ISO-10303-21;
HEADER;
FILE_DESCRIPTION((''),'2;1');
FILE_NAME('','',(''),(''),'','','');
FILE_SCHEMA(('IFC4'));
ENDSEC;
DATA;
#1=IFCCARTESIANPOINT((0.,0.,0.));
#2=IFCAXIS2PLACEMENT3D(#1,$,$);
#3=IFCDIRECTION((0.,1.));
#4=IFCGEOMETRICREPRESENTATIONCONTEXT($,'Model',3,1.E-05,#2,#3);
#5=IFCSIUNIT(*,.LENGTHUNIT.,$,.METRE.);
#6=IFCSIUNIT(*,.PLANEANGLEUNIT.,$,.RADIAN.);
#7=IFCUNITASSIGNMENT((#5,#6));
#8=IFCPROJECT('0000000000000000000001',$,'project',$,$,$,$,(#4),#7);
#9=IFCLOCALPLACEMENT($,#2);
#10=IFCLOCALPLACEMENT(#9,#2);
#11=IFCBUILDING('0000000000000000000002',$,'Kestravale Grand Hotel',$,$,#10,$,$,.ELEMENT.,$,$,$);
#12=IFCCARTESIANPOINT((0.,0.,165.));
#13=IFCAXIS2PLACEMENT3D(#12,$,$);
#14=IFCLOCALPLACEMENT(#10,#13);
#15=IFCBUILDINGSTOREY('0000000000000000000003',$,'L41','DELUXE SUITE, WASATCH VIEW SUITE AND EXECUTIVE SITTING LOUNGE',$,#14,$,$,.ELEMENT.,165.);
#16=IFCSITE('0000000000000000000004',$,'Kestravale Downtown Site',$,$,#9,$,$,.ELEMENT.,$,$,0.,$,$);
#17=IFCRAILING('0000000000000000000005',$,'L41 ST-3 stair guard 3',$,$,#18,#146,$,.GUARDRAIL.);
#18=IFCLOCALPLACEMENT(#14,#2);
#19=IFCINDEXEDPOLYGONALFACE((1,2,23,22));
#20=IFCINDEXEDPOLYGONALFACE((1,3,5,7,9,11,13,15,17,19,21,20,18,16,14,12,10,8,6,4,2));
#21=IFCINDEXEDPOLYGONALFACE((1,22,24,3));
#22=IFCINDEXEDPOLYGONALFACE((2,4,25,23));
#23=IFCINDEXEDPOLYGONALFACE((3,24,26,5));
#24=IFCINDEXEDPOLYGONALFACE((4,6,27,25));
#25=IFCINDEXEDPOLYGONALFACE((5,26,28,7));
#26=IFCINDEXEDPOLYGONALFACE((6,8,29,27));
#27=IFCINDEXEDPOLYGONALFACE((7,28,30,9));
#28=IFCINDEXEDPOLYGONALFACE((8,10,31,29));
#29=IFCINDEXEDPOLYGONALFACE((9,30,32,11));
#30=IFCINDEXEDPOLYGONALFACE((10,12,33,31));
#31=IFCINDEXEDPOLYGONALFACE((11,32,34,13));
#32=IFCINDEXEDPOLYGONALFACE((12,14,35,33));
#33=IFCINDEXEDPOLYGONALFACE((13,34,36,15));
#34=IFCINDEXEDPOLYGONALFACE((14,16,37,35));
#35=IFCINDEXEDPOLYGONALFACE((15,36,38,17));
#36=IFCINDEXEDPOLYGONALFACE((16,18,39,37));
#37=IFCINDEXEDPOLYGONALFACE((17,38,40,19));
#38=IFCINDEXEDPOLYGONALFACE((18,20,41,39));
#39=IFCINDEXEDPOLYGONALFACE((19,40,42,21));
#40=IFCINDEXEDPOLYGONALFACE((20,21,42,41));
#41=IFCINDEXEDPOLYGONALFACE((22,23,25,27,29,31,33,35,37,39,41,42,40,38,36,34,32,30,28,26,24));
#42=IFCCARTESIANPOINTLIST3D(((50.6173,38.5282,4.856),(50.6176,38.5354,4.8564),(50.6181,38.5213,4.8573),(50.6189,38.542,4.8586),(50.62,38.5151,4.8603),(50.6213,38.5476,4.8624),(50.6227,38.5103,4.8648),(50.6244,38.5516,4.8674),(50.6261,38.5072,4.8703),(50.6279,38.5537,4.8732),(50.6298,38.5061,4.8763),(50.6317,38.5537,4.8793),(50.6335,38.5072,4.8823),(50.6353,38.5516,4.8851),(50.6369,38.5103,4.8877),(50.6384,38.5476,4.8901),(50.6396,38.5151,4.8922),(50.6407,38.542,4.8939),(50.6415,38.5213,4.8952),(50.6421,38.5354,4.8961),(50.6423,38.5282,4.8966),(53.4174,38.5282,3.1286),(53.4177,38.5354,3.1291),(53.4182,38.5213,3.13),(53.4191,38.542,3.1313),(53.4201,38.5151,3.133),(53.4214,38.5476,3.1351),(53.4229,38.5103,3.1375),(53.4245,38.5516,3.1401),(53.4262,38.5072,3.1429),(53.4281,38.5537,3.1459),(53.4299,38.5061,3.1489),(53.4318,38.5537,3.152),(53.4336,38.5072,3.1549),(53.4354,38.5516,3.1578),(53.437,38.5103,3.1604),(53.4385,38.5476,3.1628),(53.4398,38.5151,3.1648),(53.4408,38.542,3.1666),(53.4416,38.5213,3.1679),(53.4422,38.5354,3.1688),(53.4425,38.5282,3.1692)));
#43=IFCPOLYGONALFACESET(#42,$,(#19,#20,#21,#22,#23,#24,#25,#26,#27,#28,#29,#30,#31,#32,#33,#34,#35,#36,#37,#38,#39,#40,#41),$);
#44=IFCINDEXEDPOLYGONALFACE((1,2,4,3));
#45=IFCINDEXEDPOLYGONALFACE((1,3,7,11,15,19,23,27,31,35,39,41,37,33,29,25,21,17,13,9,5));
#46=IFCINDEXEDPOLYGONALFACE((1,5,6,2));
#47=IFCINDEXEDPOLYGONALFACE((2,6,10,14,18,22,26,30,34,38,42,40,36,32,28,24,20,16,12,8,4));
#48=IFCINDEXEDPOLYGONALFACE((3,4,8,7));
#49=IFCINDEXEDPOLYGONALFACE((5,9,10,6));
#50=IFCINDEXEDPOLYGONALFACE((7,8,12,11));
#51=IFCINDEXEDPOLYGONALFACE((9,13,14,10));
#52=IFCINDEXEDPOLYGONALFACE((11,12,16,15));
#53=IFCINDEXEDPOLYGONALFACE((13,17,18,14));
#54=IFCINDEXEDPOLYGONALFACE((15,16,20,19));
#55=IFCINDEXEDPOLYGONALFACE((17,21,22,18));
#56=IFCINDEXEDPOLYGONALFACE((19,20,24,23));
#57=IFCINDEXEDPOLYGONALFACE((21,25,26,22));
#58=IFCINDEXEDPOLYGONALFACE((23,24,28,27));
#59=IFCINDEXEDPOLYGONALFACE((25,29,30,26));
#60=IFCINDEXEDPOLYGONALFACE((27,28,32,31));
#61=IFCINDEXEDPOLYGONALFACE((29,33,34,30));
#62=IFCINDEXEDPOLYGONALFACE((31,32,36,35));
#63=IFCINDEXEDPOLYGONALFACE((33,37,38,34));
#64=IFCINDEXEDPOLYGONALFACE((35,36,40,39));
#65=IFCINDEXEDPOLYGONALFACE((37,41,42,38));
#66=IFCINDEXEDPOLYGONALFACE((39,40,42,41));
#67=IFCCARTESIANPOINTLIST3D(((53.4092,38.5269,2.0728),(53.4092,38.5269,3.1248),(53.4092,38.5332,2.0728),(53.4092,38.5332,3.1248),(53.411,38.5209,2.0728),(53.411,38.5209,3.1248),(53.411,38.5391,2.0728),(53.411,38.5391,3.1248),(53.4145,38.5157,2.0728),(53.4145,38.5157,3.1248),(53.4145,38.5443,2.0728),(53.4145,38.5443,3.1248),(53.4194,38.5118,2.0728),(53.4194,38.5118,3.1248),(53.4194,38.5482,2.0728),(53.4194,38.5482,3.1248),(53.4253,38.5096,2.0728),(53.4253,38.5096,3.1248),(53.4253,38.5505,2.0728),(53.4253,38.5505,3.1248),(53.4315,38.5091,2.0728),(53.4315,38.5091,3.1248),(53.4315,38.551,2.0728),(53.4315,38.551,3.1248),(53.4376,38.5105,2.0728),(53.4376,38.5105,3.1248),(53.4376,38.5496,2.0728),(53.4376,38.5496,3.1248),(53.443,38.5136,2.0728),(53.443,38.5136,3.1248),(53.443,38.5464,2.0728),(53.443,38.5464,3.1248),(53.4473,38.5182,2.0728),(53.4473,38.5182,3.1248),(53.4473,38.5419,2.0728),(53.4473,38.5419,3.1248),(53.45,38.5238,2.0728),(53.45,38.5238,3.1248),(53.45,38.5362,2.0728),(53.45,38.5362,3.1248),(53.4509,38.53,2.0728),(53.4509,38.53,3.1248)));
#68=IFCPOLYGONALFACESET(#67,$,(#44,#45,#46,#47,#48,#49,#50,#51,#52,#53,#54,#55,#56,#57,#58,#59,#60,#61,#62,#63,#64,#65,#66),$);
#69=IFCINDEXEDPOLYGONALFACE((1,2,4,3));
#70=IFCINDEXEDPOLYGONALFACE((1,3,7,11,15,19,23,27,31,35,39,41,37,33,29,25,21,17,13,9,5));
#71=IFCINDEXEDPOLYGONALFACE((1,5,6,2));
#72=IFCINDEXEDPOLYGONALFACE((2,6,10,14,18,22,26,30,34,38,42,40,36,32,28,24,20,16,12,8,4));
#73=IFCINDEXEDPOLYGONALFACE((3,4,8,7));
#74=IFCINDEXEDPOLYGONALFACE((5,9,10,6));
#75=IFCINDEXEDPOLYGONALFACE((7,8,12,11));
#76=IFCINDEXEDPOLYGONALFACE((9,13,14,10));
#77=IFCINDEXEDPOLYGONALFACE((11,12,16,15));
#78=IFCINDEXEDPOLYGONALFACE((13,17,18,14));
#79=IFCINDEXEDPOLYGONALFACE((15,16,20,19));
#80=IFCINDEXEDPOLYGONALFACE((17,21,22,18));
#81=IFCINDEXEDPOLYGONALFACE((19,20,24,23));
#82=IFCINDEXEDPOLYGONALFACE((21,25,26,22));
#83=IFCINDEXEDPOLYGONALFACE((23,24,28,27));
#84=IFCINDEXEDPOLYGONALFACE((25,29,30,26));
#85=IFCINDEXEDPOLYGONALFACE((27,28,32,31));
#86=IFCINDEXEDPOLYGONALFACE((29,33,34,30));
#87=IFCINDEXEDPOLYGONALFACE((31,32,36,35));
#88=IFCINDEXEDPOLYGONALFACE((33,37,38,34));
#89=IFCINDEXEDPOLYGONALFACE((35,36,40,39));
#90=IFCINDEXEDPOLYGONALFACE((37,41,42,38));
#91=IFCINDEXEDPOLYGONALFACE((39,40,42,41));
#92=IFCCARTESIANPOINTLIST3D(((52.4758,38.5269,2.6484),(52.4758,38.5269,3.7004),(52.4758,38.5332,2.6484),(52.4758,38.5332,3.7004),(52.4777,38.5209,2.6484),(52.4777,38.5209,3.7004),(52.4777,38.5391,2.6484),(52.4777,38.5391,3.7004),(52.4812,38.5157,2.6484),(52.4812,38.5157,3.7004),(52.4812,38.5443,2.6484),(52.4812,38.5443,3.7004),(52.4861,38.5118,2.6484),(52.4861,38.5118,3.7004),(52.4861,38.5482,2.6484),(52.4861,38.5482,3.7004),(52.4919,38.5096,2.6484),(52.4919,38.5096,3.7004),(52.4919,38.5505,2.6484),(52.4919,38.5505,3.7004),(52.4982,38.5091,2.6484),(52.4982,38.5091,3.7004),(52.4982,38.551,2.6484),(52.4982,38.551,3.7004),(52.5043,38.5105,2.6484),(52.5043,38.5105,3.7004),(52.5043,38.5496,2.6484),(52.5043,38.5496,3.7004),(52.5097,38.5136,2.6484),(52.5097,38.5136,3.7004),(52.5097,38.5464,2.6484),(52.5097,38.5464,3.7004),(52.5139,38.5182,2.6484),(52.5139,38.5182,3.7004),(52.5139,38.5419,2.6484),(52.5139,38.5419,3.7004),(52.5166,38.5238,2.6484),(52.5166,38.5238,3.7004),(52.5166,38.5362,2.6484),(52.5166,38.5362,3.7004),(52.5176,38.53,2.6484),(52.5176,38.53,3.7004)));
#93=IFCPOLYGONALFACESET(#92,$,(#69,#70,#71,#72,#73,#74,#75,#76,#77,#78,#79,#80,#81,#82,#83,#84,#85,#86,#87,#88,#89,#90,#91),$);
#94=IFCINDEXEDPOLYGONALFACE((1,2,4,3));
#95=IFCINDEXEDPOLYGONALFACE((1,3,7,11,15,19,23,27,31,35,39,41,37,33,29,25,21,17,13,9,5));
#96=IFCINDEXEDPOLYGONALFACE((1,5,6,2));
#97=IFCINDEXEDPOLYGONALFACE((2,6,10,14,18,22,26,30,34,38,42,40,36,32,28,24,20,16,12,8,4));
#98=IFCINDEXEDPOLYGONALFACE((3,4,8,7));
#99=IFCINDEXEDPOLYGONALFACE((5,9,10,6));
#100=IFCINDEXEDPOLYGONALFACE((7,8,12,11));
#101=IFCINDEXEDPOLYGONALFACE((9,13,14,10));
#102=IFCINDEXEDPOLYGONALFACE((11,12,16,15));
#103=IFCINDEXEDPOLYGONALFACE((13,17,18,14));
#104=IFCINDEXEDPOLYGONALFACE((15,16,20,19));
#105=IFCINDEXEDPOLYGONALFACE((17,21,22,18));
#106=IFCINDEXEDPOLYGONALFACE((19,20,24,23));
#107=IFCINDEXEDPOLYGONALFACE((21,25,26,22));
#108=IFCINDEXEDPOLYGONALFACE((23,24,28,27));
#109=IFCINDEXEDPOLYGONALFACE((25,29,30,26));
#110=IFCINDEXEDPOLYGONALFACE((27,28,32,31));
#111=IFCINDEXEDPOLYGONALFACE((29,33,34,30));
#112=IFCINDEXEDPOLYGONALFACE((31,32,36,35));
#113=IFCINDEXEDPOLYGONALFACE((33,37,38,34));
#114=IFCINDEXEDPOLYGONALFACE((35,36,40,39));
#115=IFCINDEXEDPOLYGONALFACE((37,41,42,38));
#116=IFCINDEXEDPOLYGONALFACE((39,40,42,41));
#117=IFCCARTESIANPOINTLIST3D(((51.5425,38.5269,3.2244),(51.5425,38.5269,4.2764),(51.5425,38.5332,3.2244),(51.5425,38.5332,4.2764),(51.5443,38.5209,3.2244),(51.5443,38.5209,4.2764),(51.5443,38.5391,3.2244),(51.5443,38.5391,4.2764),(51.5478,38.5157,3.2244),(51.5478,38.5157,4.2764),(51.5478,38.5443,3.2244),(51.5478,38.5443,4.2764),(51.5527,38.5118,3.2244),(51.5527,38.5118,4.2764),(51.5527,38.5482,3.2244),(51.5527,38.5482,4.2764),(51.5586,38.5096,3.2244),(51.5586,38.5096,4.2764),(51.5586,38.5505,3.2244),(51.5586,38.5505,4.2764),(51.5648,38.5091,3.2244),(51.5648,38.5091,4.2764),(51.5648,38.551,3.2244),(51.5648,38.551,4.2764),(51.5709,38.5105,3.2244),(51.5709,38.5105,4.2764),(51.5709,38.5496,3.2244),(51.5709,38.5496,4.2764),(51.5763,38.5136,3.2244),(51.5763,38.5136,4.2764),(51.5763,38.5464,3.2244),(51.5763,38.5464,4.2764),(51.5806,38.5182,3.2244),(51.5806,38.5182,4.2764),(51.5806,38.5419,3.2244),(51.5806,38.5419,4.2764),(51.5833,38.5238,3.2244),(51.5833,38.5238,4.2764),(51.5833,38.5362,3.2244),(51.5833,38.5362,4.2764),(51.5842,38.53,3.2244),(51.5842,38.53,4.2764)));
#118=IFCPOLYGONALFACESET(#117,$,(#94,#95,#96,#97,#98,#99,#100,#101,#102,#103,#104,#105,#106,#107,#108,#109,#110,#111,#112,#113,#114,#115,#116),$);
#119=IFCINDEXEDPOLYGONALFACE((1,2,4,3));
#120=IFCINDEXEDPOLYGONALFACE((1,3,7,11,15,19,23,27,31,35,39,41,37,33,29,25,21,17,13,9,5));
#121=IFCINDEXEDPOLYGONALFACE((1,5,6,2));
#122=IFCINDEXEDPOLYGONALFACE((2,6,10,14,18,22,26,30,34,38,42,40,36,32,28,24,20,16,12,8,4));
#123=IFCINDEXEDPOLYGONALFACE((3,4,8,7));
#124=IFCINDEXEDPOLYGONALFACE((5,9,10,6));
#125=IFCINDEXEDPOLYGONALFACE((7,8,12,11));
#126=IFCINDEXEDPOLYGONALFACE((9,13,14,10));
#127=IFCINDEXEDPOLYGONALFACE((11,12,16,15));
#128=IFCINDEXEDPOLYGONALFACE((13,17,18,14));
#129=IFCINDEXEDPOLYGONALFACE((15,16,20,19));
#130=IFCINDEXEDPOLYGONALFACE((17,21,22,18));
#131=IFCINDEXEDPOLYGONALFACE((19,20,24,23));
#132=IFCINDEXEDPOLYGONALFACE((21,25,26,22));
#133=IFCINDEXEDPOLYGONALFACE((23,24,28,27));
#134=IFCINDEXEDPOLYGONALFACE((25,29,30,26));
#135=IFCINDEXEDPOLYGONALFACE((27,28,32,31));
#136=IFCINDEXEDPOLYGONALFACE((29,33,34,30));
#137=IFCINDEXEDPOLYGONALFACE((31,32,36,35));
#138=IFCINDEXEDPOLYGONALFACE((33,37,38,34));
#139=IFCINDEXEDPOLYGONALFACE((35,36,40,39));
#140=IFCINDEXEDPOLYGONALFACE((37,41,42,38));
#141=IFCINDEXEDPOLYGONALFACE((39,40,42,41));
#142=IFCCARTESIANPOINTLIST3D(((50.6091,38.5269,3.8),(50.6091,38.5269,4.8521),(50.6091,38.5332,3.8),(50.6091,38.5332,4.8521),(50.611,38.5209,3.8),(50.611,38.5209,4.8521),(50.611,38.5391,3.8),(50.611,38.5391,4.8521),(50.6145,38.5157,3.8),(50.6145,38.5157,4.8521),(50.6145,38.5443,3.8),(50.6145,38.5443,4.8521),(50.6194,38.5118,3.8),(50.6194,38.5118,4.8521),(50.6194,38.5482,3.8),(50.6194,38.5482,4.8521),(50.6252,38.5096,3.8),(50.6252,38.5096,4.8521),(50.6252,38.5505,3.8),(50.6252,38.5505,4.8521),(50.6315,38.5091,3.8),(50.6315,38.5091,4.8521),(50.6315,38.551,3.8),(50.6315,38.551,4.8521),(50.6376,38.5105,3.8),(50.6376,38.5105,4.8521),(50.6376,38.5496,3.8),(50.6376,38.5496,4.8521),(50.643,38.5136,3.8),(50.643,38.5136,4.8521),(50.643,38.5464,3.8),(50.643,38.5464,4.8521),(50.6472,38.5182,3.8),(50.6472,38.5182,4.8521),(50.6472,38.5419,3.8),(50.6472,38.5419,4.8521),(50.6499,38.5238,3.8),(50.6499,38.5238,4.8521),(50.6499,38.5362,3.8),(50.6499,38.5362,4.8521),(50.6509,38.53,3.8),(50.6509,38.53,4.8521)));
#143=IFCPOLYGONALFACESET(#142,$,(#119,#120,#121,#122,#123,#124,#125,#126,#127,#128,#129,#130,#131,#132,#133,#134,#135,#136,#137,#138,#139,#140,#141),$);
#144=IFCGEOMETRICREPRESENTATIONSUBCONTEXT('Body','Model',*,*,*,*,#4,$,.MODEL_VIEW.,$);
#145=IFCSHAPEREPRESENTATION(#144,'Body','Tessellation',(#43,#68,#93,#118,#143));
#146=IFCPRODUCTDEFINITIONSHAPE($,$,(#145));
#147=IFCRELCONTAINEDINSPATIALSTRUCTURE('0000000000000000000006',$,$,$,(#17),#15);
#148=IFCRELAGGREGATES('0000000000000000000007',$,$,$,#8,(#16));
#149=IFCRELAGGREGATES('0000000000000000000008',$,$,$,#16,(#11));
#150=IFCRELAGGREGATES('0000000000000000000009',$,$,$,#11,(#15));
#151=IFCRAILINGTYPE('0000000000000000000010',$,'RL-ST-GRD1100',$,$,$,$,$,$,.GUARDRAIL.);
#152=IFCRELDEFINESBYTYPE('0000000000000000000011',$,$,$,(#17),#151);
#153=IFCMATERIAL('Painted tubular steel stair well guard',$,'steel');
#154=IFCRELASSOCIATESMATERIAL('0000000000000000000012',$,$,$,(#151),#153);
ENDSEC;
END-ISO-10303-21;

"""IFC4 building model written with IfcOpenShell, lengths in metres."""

from ifc_helpers import new_model, si_unit, direction, frame, origin, origin_2d, place, context, subcontext, project, spatial, circle, extrude, material, type_object, element, save


model = new_model("IFC4")

# Units and contexts
model_context = context("Model", 3, precision=1e-05, world=origin(), true_north=direction((0.0, 1.0)))
body_context = subcontext(model_context, "Body", "Model", "MODEL_VIEW")
ifc_project = project(units=[si_unit("LENGTHUNIT", "METRE"), si_unit("PLANEANGLEUNIT", "RADIAN")], contexts=[model_context])

# Site, building, storey
site_placement = place(None, origin())
site = spatial("IfcSite", under=ifc_project, at=site_placement, Name="Kestravale Downtown Site", CompositionType="ELEMENT", RefElevation=0.0)
building_placement = place(site_placement, origin())
building = spatial("IfcBuilding", under=site, at=building_placement, Name="Kestravale Grand Hotel", CompositionType="ELEMENT")
storey_placement = place(building_placement, frame((0.0, 0.0, 165.0)))
storey = spatial("IfcBuildingStorey", under=building, at=storey_placement, Name="L41", Description="DELUXE SUITE, WASATCH VIEW SUITE AND EXECUTIVE SITTING LOUNGE", CompositionType="ELEMENT", Elevation=165.0)

# Railing
ifc_material_1 = material(Name="Painted tubular steel stair well guard", Category="steel")
railing_type_1 = type_object("IfcRailingType", Name="RL-ST-GRD1100", PredefinedType="GUARDRAIL", material=ifc_material_1)
railing_1_placement = place(storey_placement, frame((53.4299, 38.53, 2.0728)))
element("IfcRailing", 1, at=railing_1_placement, inside=storey, type_object=railing_type_1, Name="L41 ST-3 stair guard 3", PredefinedType="GUARDRAIL", context=body_context, shape_type="SweptSolid", body=[
    extrude(circle(Radius=0.0239, at=origin_2d()), frame((0.0, 0.0, 1.0762), z_axis=(-0.85109, 0.0, 0.52502), x_axis=(0.0, -1.0, 0.0)), (0.0, 0.0, 1.0), 3.29),
    extrude(circle(Radius=0.021, at=origin_2d()), origin(), (0.0, 0.0, 1.0), 1.052),
    extrude(circle(Radius=0.021, at=origin_2d()), frame((-0.9333, 0.0, 0.5757)), (0.0, 0.0, 1.0), 1.052),
    extrude(circle(Radius=0.021, at=origin_2d()), frame((-1.8667, 0.0, 1.1516)), (0.0, 0.0, 1.0), 1.052),
    extrude(circle(Radius=0.021, at=origin_2d()), frame((-2.8, 0.0, 1.7273)), (0.0, 0.0, 1.0), 1.052),
])

save(model, "model.ifc")
